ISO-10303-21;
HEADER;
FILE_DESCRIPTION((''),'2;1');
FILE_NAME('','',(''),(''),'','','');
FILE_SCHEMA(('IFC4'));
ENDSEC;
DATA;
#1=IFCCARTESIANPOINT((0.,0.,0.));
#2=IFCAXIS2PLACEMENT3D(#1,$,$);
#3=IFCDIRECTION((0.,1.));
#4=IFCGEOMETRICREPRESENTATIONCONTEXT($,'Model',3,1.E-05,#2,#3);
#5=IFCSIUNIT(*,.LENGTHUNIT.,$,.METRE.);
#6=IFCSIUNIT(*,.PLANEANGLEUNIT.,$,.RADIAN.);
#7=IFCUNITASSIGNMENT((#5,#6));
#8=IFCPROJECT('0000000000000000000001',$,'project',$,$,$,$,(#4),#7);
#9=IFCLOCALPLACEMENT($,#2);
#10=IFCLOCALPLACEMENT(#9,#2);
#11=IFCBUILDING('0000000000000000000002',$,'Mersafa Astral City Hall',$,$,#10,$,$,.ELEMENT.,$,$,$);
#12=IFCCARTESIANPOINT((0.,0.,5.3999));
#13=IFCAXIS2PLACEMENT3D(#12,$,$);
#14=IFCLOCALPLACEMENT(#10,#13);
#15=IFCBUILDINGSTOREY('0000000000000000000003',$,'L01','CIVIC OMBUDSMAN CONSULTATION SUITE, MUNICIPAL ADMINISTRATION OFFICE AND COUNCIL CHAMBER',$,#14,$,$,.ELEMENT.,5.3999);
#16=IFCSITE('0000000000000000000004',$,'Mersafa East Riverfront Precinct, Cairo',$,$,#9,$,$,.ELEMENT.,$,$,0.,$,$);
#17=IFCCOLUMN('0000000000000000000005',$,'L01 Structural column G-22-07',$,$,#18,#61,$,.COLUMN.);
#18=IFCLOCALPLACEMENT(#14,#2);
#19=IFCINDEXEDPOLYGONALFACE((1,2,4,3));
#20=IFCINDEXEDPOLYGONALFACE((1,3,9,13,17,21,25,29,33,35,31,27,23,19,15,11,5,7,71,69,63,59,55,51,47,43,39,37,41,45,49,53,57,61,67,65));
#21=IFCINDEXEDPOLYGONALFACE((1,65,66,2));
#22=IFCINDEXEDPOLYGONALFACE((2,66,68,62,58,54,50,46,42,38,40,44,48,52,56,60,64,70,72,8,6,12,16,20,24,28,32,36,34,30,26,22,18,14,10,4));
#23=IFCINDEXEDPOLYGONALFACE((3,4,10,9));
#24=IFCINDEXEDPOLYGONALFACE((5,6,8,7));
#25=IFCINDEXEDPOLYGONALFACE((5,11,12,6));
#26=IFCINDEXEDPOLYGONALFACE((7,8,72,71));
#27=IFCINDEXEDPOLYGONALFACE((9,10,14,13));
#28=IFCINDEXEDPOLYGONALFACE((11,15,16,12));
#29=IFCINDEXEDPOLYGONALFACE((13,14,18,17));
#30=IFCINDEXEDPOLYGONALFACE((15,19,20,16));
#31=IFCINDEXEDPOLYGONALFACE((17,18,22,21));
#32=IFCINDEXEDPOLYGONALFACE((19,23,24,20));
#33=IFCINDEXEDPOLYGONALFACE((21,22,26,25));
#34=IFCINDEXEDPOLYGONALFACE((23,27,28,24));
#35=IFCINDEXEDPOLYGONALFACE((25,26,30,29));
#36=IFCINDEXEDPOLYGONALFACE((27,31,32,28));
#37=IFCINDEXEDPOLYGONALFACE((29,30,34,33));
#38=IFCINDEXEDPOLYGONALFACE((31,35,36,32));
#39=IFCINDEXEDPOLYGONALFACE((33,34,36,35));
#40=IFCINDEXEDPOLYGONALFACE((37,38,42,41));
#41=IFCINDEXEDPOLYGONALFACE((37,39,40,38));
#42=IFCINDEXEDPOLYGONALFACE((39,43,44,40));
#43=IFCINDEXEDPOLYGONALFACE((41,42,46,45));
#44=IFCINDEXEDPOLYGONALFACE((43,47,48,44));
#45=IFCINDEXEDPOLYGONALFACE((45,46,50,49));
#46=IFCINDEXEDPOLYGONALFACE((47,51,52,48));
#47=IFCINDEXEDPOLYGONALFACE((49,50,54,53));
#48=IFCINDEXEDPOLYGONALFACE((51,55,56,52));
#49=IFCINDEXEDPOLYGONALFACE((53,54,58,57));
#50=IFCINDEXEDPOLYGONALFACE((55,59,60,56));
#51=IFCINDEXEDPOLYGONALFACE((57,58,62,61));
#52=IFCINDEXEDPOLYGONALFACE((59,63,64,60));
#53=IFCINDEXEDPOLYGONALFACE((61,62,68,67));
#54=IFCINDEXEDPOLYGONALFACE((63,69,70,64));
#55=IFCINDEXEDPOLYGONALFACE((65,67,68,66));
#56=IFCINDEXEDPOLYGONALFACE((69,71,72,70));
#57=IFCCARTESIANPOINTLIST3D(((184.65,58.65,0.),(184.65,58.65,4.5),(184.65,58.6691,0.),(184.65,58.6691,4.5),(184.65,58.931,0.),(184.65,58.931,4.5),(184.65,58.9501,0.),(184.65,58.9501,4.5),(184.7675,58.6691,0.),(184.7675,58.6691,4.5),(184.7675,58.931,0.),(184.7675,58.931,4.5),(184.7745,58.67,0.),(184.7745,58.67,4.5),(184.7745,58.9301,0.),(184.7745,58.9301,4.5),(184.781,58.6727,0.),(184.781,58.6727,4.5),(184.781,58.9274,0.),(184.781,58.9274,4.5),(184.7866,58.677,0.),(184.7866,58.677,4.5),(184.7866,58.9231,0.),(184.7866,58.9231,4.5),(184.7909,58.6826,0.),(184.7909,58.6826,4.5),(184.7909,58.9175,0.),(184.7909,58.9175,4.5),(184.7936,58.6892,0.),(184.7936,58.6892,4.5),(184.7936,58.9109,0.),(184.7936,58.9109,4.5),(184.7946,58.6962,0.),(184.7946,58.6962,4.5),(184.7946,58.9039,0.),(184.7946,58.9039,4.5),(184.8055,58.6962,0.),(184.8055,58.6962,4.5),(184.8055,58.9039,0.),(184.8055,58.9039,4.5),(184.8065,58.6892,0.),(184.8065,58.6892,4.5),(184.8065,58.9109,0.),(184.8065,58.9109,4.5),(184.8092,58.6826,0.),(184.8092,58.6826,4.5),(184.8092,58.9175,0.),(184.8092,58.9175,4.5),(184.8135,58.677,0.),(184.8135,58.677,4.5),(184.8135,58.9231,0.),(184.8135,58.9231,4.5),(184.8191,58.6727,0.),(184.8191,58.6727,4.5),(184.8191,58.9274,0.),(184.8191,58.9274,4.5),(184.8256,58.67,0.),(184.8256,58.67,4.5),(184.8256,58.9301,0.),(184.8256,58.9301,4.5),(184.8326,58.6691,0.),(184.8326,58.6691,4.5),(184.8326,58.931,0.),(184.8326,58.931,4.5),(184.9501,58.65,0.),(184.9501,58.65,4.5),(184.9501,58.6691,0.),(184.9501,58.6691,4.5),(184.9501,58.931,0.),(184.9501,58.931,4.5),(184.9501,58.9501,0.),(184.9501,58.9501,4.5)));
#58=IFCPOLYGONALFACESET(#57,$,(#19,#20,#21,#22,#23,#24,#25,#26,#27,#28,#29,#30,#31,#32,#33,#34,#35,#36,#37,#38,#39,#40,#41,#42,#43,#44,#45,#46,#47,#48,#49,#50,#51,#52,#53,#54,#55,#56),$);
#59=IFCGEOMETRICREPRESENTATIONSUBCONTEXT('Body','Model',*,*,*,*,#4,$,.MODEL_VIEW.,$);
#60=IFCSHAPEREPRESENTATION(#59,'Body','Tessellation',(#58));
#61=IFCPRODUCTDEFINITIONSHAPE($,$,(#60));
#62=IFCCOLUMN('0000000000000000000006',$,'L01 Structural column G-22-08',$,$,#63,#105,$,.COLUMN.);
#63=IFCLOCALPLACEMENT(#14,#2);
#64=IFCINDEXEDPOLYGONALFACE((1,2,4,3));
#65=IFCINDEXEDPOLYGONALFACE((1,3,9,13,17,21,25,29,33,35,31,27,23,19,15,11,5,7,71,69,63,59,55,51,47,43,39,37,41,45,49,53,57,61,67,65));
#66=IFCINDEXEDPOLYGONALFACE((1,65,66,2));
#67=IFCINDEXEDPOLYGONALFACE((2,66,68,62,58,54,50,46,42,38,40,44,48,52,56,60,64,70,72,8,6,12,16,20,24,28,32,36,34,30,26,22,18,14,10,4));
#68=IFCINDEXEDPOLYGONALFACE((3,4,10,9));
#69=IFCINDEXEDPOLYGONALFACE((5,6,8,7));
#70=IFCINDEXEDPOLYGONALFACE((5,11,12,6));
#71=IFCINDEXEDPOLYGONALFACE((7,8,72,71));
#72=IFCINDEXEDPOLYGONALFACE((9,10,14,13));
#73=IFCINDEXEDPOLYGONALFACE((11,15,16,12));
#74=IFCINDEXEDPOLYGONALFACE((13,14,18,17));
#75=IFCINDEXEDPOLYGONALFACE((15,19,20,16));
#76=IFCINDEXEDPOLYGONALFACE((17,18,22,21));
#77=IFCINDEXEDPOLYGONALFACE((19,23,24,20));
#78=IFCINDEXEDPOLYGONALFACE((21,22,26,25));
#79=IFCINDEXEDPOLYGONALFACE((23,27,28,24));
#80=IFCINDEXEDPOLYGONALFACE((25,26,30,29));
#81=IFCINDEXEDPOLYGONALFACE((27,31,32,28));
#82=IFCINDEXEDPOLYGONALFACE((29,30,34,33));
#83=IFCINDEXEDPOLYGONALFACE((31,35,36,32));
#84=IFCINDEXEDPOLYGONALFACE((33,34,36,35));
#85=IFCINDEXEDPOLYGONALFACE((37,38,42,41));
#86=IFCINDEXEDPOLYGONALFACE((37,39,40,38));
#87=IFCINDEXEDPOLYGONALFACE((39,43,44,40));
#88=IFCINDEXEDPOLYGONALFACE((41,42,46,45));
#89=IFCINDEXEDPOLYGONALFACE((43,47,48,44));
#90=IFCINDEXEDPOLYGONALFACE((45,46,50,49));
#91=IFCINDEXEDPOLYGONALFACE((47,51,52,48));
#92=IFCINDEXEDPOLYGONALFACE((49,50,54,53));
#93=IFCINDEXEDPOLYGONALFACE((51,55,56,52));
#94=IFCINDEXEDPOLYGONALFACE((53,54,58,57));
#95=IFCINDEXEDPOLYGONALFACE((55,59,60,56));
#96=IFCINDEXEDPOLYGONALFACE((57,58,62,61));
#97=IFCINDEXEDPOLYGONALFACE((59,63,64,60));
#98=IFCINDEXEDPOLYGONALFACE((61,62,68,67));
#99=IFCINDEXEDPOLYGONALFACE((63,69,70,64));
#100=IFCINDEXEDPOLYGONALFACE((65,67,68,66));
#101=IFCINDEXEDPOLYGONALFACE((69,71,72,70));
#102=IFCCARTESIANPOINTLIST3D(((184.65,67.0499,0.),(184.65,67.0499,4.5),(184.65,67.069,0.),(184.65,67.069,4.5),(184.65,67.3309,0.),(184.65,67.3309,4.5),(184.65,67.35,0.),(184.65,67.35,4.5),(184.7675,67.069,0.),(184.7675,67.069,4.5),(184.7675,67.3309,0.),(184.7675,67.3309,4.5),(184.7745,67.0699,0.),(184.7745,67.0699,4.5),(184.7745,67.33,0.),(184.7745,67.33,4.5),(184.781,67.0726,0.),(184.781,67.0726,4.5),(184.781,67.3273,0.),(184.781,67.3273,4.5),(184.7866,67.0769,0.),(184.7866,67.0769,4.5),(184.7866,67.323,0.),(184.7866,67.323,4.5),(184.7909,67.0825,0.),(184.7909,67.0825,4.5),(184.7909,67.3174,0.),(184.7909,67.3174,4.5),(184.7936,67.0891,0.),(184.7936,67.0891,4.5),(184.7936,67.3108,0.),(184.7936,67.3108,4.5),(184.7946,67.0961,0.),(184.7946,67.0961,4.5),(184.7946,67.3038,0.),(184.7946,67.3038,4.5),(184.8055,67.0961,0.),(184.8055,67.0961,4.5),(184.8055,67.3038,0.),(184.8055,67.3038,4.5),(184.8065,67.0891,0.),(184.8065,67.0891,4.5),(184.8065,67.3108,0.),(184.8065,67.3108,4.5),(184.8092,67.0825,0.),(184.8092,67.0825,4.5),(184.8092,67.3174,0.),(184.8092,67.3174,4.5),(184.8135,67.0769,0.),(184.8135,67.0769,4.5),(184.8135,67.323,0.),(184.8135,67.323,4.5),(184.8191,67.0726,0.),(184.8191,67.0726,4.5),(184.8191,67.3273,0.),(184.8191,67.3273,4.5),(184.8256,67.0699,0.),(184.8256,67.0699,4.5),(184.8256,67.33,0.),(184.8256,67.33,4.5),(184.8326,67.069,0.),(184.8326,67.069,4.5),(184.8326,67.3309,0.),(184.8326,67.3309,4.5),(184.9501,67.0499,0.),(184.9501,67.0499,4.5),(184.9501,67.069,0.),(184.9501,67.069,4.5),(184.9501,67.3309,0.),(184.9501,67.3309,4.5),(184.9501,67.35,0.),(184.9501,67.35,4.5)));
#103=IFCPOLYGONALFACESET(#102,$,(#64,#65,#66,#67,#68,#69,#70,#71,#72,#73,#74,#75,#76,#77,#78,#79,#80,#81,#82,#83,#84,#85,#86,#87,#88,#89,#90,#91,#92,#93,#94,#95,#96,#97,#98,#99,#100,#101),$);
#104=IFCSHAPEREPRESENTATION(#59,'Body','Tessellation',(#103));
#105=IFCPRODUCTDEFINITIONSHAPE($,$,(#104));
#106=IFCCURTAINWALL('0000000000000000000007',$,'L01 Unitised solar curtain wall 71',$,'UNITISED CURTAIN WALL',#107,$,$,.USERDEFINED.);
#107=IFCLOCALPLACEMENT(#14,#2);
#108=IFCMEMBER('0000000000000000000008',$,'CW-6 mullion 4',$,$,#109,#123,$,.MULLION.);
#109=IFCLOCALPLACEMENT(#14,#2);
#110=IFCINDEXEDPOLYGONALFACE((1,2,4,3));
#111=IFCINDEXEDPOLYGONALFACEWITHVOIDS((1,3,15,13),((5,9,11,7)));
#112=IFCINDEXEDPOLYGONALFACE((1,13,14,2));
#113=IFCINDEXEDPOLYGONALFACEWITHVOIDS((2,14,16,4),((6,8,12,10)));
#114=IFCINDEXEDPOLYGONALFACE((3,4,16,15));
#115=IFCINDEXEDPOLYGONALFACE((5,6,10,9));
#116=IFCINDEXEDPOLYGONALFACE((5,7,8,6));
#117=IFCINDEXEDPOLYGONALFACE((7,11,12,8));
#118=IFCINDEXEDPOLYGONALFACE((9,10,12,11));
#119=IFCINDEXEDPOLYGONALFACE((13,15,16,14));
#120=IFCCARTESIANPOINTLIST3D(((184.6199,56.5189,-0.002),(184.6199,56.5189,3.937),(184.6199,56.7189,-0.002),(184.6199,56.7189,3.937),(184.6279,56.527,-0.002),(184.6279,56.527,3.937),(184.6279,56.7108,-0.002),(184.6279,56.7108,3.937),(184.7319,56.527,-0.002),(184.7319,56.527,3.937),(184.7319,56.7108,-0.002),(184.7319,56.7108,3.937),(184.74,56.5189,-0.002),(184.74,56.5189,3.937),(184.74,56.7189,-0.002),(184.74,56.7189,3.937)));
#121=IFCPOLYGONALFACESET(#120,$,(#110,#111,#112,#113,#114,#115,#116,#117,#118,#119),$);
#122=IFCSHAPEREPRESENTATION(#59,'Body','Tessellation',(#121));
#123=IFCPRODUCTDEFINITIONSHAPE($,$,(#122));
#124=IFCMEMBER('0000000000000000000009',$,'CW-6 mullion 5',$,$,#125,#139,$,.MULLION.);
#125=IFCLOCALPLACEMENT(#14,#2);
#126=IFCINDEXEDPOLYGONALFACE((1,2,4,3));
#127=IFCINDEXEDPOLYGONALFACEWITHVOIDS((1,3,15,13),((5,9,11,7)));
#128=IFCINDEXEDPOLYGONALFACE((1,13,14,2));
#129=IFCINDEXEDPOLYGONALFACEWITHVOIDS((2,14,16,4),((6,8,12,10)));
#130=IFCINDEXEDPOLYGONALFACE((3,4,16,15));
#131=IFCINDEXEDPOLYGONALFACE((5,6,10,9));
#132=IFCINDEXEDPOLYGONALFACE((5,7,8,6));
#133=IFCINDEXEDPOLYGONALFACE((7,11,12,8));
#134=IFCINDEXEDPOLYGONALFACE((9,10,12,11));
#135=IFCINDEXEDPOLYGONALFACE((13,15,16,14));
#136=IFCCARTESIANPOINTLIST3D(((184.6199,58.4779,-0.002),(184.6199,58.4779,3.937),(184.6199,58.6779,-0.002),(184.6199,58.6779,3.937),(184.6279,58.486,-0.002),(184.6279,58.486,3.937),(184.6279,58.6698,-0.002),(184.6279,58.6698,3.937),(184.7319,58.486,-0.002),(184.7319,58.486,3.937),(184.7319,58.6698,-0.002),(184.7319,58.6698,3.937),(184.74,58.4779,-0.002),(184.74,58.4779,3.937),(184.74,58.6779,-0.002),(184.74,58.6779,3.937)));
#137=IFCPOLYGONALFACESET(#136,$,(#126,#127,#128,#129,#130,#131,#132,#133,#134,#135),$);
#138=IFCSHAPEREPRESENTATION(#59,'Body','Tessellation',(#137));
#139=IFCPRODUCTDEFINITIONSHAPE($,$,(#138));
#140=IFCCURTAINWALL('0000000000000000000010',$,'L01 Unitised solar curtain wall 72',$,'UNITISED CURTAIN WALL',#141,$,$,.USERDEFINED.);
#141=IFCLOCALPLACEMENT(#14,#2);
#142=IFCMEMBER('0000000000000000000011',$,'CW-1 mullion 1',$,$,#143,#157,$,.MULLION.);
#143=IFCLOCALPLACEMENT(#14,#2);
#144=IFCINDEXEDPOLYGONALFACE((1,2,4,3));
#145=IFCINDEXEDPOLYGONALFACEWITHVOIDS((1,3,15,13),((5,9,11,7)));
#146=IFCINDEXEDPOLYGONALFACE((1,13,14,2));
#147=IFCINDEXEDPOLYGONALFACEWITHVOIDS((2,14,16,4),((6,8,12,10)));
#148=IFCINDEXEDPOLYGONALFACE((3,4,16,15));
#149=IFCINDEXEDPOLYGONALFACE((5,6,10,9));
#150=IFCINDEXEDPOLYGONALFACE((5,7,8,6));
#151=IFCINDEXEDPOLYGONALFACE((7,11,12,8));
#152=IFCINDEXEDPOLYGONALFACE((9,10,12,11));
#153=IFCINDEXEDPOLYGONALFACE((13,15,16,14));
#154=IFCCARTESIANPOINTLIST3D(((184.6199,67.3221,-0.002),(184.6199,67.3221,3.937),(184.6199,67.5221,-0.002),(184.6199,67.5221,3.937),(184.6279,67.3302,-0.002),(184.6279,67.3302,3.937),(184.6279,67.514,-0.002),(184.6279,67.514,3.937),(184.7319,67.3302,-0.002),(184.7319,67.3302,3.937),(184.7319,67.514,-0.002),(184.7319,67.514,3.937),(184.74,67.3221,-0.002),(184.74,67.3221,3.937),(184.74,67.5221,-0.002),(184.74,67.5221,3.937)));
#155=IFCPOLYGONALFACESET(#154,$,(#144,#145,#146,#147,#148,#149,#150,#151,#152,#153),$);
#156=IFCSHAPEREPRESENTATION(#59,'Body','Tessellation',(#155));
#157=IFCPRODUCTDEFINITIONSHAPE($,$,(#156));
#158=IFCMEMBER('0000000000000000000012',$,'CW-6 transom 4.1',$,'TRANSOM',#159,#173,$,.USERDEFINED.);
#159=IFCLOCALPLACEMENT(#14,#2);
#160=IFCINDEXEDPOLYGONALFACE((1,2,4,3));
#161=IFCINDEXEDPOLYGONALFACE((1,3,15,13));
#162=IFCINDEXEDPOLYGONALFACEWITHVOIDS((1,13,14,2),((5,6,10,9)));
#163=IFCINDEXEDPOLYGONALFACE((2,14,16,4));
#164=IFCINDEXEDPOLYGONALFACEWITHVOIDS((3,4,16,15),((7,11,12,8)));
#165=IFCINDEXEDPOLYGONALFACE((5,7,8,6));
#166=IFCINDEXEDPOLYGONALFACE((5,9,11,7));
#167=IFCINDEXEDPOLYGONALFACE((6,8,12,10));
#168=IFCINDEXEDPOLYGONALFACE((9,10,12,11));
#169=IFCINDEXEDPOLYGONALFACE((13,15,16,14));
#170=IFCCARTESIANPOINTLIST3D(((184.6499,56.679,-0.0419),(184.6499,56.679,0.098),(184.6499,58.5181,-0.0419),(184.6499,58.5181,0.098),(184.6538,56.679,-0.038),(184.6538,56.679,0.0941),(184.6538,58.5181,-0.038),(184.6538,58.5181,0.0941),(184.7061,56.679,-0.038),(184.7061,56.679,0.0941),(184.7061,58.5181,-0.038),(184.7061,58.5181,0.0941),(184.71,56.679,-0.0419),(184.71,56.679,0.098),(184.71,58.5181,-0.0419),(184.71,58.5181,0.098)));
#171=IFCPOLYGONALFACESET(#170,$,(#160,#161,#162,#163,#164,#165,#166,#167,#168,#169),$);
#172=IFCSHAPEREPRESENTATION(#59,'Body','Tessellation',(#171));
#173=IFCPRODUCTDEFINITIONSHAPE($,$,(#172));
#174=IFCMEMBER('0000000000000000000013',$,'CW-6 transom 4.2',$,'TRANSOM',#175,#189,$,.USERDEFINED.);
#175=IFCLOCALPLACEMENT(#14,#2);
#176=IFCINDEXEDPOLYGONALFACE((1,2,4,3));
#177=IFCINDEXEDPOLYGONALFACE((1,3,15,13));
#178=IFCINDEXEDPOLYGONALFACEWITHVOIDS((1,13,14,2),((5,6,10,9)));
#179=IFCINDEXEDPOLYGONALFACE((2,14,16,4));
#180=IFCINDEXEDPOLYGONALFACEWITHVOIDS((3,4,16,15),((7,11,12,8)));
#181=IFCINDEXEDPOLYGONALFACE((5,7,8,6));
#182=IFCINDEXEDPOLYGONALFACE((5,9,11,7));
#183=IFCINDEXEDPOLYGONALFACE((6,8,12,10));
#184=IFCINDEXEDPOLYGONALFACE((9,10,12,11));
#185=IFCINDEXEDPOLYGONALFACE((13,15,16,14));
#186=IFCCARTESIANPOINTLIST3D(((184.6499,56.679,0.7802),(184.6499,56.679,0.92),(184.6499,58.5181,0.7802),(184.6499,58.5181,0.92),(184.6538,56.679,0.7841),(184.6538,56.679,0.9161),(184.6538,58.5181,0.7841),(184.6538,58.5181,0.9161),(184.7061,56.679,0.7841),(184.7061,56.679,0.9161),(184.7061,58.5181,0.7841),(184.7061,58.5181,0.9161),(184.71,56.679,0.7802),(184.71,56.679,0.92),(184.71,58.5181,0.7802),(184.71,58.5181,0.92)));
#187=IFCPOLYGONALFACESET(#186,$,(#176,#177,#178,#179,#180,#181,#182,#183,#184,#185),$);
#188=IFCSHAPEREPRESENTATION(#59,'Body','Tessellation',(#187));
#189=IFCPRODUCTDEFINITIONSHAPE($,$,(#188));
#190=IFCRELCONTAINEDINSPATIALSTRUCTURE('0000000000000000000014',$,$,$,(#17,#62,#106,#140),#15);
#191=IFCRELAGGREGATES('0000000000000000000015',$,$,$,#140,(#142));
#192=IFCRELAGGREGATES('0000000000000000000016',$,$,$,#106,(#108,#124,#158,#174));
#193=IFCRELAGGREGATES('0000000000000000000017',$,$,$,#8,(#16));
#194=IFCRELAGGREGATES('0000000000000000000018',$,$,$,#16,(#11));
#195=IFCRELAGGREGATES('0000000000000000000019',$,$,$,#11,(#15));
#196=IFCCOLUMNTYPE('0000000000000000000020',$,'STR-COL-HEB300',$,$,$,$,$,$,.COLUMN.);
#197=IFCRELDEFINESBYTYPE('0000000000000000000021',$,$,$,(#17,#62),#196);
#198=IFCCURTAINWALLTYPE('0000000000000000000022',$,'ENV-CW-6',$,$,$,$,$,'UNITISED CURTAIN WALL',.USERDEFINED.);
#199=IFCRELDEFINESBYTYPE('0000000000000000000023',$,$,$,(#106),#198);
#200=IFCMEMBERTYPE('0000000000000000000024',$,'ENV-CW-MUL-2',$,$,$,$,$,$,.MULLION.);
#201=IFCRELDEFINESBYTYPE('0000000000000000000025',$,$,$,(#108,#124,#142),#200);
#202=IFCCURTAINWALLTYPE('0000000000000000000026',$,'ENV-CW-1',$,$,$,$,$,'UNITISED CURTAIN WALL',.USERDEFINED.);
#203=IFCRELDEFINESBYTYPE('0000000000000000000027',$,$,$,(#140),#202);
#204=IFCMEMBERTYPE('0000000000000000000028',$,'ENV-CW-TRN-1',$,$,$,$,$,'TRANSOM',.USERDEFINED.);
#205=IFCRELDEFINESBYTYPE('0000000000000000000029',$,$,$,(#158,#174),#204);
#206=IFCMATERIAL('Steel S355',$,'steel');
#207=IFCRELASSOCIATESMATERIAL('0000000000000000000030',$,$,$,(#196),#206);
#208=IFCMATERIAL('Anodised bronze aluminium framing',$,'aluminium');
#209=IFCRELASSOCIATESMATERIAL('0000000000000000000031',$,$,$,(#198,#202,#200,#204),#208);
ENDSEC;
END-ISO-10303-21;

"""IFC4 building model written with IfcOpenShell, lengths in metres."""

from ifc_helpers import new_model, si_unit, direction, frame, origin, origin_2d, place, context, subcontext, project, spatial, hollow_rectangle, i_section, extrude, material, material_profile, profile_set, type_object, element, aggregate, save


model = new_model("IFC4")

# Units and contexts
model_context = context("Model", 3, precision=1e-05, world=origin(), true_north=direction((0.0, 1.0)))
body_context = subcontext(model_context, "Body", "Model", "MODEL_VIEW")
ifc_project = project(units=[si_unit("LENGTHUNIT", "METRE"), si_unit("PLANEANGLEUNIT", "RADIAN")], contexts=[model_context])

# Site, building, storey
site_placement = place(None, origin())
site = spatial("IfcSite", under=ifc_project, at=site_placement, Name="Mersafa East Riverfront Precinct, Cairo", CompositionType="ELEMENT", RefElevation=0.0)
building_placement = place(site_placement, origin())
building = spatial("IfcBuilding", under=site, at=building_placement, Name="Mersafa Astral City Hall", CompositionType="ELEMENT")
storey_placement = place(building_placement, frame((0.0, 0.0, 5.3999)))
storey = spatial("IfcBuildingStorey", under=building, at=storey_placement, Name="L01", Description="CIVIC OMBUDSMAN CONSULTATION SUITE, MUNICIPAL ADMINISTRATION OFFICE AND COUNCIL CHAMBER", CompositionType="ELEMENT", Elevation=5.3999)

# Columns
ifc_material_1 = material(Name="Steel S355", Category="steel")
ifc_material_profile_1 = material_profile(ifc_material_1, i_section(OverallWidth=0.3, OverallDepth=0.3, WebThickness=0.011, FlangeThickness=0.019, FilletRadius=0.0271, at=origin_2d()), Name="HEB 300")
ifc_profile_set_1 = profile_set([ifc_material_profile_1], Name="Steel S355")
column_type = type_object("IfcColumnType", Name="STR-COL-HEB300", PredefinedType="COLUMN", material=ifc_profile_set_1)
for number, where, z_axis, x_axis, name in (
    (1, (184.8, 58.8, 0.0), (0.0, 0.0, 1.0), (1.0, 0.0, 0.0), "L01 Structural column G-22-07"),
    (2, (184.8, 67.2, 0.0), (0.0, 0.0, 1.0), (1.0, 0.0, 0.0), "L01 Structural column G-22-08"),
):
    element("IfcColumn", number, at=place(storey_placement, frame(where, z_axis=z_axis, x_axis=x_axis)), inside=storey, type_object=column_type, Name=name, PredefinedType="COLUMN", context=body_context, shape_type="SweptSolid", body=[
        extrude(i_section(OverallWidth=0.3, OverallDepth=0.3, WebThickness=0.011, FlangeThickness=0.019, FilletRadius=0.0271, at=origin_2d()), origin(), (0.0, 0.0, 1.0), 4.5),
    ])

# Curtain wall, members
ifc_material_2 = material(Name="Anodised bronze aluminium framing", Category="aluminium")
curtain_wall_type_1 = type_object("IfcCurtainWallType", Name="ENV-CW-6", ElementType="UNITISED CURTAIN WALL", PredefinedType="USERDEFINED", material=ifc_material_2)
curtain_wall_1_placement = place(storey_placement, origin())
curtain_wall_1 = element("IfcCurtainWall", 3, at=curtain_wall_1_placement, inside=storey, type_object=curtain_wall_type_1, Name="L01 Unitised solar curtain wall 71", ObjectType="UNITISED CURTAIN WALL", PredefinedType="USERDEFINED")
ifc_material_profile_2 = material_profile(ifc_material_2, hollow_rectangle(XDim=0.1201, YDim=0.2, WallThickness=0.0081, at=origin_2d()), Name="RHS 120x200x8")
ifc_profile_set_2 = profile_set([ifc_material_profile_2], Name="Anodised bronze aluminium framing")
member_type_1 = type_object("IfcMemberType", Name="ENV-CW-MUL-2", PredefinedType="MULLION", material=ifc_profile_set_2)
member_1_placement = place(storey_placement, frame((184.6799, 56.6189, -0.002), z_axis=(0.0, 0.0, 1.0), x_axis=(-1.0, 0.0, 0.0)))
member_1 = element("IfcMember", 4, at=member_1_placement, type_object=member_type_1, Name="CW-6 mullion 4", PredefinedType="MULLION", context=body_context, shape_type="SweptSolid", body=[
    extrude(hollow_rectangle(XDim=0.1201, YDim=0.2, WallThickness=0.0081, at=origin_2d()), origin(), (0.0, 0.0, 1.0), 3.939),
])
member_2_placement = place(storey_placement, frame((184.6799, 58.5779, -0.002), z_axis=(0.0, 0.0, 1.0), x_axis=(-1.0, 0.0, 0.0)))
member_2 = element("IfcMember", 5, at=member_2_placement, type_object=member_type_1, Name="CW-6 mullion 5", PredefinedType="MULLION", context=body_context, shape_type="SweptSolid", body=[
    extrude(hollow_rectangle(XDim=0.1201, YDim=0.2, WallThickness=0.0081, at=origin_2d()), origin(), (0.0, 0.0, 1.0), 3.939),
])

# Curtain wall, member
curtain_wall_type_2 = type_object("IfcCurtainWallType", Name="ENV-CW-1", ElementType="UNITISED CURTAIN WALL", PredefinedType="USERDEFINED", material=ifc_material_2)
curtain_wall_2_placement = place(storey_placement, origin())
curtain_wall_2 = element("IfcCurtainWall", 6, at=curtain_wall_2_placement, inside=storey, type_object=curtain_wall_type_2, Name="L01 Unitised solar curtain wall 72", ObjectType="UNITISED CURTAIN WALL", PredefinedType="USERDEFINED")
member_3_placement = place(storey_placement, frame((184.6799, 67.4221, -0.002), z_axis=(0.0, 0.0, 1.0), x_axis=(-1.0, 0.0, 0.0)))
member_3 = element("IfcMember", 7, at=member_3_placement, type_object=member_type_1, Name="CW-1 mullion 1", PredefinedType="MULLION", context=body_context, shape_type="SweptSolid", body=[
    extrude(hollow_rectangle(XDim=0.1201, YDim=0.2, WallThickness=0.0081, at=origin_2d()), origin(), (0.0, 0.0, 1.0), 3.939),
])

# Members
ifc_material_profile_3 = material_profile(ifc_material_2, hollow_rectangle(XDim=0.0601, YDim=0.1399, WallThickness=0.0039, at=origin_2d()), Name="RHS 60x140x4")
ifc_profile_set_3 = profile_set([ifc_material_profile_3], Name="Anodised bronze aluminium framing")
member_type_2 = type_object("IfcMemberType", Name="ENV-CW-TRN-1", ElementType="TRANSOM", PredefinedType="USERDEFINED", material=ifc_profile_set_3)
member_4_placement = place(storey_placement, frame((184.6799, 56.679, 0.0281), z_axis=(0.0, 1.0, 0.0), x_axis=(-1.0, 0.0, 0.0)))
member_4 = element("IfcMember", 8, at=member_4_placement, type_object=member_type_2, Name="CW-6 transom 4.1", ObjectType="TRANSOM", PredefinedType="USERDEFINED", context=body_context, shape_type="SweptSolid", body=[
    extrude(hollow_rectangle(XDim=0.0601, YDim=0.1399, WallThickness=0.0039, at=origin_2d()), origin(), (0.0, 0.0, 1.0), 1.8391),
])
member_5_placement = place(storey_placement, frame((184.6799, 56.679, 0.8501), z_axis=(0.0, 1.0, 0.0), x_axis=(-1.0, 0.0, 0.0)))
member_5 = element("IfcMember", 9, at=member_5_placement, type_object=member_type_2, Name="CW-6 transom 4.2", ObjectType="TRANSOM", PredefinedType="USERDEFINED", context=body_context, shape_type="SweptSolid", body=[
    extrude(hollow_rectangle(XDim=0.0601, YDim=0.1399, WallThickness=0.0039, at=origin_2d()), origin(), (0.0, 0.0, 1.0), 1.8391),
])

aggregate(curtain_wall_2, [member_3])
aggregate(curtain_wall_1, [member_1, member_2, member_4, member_5])

save(model, "model.ifc")
